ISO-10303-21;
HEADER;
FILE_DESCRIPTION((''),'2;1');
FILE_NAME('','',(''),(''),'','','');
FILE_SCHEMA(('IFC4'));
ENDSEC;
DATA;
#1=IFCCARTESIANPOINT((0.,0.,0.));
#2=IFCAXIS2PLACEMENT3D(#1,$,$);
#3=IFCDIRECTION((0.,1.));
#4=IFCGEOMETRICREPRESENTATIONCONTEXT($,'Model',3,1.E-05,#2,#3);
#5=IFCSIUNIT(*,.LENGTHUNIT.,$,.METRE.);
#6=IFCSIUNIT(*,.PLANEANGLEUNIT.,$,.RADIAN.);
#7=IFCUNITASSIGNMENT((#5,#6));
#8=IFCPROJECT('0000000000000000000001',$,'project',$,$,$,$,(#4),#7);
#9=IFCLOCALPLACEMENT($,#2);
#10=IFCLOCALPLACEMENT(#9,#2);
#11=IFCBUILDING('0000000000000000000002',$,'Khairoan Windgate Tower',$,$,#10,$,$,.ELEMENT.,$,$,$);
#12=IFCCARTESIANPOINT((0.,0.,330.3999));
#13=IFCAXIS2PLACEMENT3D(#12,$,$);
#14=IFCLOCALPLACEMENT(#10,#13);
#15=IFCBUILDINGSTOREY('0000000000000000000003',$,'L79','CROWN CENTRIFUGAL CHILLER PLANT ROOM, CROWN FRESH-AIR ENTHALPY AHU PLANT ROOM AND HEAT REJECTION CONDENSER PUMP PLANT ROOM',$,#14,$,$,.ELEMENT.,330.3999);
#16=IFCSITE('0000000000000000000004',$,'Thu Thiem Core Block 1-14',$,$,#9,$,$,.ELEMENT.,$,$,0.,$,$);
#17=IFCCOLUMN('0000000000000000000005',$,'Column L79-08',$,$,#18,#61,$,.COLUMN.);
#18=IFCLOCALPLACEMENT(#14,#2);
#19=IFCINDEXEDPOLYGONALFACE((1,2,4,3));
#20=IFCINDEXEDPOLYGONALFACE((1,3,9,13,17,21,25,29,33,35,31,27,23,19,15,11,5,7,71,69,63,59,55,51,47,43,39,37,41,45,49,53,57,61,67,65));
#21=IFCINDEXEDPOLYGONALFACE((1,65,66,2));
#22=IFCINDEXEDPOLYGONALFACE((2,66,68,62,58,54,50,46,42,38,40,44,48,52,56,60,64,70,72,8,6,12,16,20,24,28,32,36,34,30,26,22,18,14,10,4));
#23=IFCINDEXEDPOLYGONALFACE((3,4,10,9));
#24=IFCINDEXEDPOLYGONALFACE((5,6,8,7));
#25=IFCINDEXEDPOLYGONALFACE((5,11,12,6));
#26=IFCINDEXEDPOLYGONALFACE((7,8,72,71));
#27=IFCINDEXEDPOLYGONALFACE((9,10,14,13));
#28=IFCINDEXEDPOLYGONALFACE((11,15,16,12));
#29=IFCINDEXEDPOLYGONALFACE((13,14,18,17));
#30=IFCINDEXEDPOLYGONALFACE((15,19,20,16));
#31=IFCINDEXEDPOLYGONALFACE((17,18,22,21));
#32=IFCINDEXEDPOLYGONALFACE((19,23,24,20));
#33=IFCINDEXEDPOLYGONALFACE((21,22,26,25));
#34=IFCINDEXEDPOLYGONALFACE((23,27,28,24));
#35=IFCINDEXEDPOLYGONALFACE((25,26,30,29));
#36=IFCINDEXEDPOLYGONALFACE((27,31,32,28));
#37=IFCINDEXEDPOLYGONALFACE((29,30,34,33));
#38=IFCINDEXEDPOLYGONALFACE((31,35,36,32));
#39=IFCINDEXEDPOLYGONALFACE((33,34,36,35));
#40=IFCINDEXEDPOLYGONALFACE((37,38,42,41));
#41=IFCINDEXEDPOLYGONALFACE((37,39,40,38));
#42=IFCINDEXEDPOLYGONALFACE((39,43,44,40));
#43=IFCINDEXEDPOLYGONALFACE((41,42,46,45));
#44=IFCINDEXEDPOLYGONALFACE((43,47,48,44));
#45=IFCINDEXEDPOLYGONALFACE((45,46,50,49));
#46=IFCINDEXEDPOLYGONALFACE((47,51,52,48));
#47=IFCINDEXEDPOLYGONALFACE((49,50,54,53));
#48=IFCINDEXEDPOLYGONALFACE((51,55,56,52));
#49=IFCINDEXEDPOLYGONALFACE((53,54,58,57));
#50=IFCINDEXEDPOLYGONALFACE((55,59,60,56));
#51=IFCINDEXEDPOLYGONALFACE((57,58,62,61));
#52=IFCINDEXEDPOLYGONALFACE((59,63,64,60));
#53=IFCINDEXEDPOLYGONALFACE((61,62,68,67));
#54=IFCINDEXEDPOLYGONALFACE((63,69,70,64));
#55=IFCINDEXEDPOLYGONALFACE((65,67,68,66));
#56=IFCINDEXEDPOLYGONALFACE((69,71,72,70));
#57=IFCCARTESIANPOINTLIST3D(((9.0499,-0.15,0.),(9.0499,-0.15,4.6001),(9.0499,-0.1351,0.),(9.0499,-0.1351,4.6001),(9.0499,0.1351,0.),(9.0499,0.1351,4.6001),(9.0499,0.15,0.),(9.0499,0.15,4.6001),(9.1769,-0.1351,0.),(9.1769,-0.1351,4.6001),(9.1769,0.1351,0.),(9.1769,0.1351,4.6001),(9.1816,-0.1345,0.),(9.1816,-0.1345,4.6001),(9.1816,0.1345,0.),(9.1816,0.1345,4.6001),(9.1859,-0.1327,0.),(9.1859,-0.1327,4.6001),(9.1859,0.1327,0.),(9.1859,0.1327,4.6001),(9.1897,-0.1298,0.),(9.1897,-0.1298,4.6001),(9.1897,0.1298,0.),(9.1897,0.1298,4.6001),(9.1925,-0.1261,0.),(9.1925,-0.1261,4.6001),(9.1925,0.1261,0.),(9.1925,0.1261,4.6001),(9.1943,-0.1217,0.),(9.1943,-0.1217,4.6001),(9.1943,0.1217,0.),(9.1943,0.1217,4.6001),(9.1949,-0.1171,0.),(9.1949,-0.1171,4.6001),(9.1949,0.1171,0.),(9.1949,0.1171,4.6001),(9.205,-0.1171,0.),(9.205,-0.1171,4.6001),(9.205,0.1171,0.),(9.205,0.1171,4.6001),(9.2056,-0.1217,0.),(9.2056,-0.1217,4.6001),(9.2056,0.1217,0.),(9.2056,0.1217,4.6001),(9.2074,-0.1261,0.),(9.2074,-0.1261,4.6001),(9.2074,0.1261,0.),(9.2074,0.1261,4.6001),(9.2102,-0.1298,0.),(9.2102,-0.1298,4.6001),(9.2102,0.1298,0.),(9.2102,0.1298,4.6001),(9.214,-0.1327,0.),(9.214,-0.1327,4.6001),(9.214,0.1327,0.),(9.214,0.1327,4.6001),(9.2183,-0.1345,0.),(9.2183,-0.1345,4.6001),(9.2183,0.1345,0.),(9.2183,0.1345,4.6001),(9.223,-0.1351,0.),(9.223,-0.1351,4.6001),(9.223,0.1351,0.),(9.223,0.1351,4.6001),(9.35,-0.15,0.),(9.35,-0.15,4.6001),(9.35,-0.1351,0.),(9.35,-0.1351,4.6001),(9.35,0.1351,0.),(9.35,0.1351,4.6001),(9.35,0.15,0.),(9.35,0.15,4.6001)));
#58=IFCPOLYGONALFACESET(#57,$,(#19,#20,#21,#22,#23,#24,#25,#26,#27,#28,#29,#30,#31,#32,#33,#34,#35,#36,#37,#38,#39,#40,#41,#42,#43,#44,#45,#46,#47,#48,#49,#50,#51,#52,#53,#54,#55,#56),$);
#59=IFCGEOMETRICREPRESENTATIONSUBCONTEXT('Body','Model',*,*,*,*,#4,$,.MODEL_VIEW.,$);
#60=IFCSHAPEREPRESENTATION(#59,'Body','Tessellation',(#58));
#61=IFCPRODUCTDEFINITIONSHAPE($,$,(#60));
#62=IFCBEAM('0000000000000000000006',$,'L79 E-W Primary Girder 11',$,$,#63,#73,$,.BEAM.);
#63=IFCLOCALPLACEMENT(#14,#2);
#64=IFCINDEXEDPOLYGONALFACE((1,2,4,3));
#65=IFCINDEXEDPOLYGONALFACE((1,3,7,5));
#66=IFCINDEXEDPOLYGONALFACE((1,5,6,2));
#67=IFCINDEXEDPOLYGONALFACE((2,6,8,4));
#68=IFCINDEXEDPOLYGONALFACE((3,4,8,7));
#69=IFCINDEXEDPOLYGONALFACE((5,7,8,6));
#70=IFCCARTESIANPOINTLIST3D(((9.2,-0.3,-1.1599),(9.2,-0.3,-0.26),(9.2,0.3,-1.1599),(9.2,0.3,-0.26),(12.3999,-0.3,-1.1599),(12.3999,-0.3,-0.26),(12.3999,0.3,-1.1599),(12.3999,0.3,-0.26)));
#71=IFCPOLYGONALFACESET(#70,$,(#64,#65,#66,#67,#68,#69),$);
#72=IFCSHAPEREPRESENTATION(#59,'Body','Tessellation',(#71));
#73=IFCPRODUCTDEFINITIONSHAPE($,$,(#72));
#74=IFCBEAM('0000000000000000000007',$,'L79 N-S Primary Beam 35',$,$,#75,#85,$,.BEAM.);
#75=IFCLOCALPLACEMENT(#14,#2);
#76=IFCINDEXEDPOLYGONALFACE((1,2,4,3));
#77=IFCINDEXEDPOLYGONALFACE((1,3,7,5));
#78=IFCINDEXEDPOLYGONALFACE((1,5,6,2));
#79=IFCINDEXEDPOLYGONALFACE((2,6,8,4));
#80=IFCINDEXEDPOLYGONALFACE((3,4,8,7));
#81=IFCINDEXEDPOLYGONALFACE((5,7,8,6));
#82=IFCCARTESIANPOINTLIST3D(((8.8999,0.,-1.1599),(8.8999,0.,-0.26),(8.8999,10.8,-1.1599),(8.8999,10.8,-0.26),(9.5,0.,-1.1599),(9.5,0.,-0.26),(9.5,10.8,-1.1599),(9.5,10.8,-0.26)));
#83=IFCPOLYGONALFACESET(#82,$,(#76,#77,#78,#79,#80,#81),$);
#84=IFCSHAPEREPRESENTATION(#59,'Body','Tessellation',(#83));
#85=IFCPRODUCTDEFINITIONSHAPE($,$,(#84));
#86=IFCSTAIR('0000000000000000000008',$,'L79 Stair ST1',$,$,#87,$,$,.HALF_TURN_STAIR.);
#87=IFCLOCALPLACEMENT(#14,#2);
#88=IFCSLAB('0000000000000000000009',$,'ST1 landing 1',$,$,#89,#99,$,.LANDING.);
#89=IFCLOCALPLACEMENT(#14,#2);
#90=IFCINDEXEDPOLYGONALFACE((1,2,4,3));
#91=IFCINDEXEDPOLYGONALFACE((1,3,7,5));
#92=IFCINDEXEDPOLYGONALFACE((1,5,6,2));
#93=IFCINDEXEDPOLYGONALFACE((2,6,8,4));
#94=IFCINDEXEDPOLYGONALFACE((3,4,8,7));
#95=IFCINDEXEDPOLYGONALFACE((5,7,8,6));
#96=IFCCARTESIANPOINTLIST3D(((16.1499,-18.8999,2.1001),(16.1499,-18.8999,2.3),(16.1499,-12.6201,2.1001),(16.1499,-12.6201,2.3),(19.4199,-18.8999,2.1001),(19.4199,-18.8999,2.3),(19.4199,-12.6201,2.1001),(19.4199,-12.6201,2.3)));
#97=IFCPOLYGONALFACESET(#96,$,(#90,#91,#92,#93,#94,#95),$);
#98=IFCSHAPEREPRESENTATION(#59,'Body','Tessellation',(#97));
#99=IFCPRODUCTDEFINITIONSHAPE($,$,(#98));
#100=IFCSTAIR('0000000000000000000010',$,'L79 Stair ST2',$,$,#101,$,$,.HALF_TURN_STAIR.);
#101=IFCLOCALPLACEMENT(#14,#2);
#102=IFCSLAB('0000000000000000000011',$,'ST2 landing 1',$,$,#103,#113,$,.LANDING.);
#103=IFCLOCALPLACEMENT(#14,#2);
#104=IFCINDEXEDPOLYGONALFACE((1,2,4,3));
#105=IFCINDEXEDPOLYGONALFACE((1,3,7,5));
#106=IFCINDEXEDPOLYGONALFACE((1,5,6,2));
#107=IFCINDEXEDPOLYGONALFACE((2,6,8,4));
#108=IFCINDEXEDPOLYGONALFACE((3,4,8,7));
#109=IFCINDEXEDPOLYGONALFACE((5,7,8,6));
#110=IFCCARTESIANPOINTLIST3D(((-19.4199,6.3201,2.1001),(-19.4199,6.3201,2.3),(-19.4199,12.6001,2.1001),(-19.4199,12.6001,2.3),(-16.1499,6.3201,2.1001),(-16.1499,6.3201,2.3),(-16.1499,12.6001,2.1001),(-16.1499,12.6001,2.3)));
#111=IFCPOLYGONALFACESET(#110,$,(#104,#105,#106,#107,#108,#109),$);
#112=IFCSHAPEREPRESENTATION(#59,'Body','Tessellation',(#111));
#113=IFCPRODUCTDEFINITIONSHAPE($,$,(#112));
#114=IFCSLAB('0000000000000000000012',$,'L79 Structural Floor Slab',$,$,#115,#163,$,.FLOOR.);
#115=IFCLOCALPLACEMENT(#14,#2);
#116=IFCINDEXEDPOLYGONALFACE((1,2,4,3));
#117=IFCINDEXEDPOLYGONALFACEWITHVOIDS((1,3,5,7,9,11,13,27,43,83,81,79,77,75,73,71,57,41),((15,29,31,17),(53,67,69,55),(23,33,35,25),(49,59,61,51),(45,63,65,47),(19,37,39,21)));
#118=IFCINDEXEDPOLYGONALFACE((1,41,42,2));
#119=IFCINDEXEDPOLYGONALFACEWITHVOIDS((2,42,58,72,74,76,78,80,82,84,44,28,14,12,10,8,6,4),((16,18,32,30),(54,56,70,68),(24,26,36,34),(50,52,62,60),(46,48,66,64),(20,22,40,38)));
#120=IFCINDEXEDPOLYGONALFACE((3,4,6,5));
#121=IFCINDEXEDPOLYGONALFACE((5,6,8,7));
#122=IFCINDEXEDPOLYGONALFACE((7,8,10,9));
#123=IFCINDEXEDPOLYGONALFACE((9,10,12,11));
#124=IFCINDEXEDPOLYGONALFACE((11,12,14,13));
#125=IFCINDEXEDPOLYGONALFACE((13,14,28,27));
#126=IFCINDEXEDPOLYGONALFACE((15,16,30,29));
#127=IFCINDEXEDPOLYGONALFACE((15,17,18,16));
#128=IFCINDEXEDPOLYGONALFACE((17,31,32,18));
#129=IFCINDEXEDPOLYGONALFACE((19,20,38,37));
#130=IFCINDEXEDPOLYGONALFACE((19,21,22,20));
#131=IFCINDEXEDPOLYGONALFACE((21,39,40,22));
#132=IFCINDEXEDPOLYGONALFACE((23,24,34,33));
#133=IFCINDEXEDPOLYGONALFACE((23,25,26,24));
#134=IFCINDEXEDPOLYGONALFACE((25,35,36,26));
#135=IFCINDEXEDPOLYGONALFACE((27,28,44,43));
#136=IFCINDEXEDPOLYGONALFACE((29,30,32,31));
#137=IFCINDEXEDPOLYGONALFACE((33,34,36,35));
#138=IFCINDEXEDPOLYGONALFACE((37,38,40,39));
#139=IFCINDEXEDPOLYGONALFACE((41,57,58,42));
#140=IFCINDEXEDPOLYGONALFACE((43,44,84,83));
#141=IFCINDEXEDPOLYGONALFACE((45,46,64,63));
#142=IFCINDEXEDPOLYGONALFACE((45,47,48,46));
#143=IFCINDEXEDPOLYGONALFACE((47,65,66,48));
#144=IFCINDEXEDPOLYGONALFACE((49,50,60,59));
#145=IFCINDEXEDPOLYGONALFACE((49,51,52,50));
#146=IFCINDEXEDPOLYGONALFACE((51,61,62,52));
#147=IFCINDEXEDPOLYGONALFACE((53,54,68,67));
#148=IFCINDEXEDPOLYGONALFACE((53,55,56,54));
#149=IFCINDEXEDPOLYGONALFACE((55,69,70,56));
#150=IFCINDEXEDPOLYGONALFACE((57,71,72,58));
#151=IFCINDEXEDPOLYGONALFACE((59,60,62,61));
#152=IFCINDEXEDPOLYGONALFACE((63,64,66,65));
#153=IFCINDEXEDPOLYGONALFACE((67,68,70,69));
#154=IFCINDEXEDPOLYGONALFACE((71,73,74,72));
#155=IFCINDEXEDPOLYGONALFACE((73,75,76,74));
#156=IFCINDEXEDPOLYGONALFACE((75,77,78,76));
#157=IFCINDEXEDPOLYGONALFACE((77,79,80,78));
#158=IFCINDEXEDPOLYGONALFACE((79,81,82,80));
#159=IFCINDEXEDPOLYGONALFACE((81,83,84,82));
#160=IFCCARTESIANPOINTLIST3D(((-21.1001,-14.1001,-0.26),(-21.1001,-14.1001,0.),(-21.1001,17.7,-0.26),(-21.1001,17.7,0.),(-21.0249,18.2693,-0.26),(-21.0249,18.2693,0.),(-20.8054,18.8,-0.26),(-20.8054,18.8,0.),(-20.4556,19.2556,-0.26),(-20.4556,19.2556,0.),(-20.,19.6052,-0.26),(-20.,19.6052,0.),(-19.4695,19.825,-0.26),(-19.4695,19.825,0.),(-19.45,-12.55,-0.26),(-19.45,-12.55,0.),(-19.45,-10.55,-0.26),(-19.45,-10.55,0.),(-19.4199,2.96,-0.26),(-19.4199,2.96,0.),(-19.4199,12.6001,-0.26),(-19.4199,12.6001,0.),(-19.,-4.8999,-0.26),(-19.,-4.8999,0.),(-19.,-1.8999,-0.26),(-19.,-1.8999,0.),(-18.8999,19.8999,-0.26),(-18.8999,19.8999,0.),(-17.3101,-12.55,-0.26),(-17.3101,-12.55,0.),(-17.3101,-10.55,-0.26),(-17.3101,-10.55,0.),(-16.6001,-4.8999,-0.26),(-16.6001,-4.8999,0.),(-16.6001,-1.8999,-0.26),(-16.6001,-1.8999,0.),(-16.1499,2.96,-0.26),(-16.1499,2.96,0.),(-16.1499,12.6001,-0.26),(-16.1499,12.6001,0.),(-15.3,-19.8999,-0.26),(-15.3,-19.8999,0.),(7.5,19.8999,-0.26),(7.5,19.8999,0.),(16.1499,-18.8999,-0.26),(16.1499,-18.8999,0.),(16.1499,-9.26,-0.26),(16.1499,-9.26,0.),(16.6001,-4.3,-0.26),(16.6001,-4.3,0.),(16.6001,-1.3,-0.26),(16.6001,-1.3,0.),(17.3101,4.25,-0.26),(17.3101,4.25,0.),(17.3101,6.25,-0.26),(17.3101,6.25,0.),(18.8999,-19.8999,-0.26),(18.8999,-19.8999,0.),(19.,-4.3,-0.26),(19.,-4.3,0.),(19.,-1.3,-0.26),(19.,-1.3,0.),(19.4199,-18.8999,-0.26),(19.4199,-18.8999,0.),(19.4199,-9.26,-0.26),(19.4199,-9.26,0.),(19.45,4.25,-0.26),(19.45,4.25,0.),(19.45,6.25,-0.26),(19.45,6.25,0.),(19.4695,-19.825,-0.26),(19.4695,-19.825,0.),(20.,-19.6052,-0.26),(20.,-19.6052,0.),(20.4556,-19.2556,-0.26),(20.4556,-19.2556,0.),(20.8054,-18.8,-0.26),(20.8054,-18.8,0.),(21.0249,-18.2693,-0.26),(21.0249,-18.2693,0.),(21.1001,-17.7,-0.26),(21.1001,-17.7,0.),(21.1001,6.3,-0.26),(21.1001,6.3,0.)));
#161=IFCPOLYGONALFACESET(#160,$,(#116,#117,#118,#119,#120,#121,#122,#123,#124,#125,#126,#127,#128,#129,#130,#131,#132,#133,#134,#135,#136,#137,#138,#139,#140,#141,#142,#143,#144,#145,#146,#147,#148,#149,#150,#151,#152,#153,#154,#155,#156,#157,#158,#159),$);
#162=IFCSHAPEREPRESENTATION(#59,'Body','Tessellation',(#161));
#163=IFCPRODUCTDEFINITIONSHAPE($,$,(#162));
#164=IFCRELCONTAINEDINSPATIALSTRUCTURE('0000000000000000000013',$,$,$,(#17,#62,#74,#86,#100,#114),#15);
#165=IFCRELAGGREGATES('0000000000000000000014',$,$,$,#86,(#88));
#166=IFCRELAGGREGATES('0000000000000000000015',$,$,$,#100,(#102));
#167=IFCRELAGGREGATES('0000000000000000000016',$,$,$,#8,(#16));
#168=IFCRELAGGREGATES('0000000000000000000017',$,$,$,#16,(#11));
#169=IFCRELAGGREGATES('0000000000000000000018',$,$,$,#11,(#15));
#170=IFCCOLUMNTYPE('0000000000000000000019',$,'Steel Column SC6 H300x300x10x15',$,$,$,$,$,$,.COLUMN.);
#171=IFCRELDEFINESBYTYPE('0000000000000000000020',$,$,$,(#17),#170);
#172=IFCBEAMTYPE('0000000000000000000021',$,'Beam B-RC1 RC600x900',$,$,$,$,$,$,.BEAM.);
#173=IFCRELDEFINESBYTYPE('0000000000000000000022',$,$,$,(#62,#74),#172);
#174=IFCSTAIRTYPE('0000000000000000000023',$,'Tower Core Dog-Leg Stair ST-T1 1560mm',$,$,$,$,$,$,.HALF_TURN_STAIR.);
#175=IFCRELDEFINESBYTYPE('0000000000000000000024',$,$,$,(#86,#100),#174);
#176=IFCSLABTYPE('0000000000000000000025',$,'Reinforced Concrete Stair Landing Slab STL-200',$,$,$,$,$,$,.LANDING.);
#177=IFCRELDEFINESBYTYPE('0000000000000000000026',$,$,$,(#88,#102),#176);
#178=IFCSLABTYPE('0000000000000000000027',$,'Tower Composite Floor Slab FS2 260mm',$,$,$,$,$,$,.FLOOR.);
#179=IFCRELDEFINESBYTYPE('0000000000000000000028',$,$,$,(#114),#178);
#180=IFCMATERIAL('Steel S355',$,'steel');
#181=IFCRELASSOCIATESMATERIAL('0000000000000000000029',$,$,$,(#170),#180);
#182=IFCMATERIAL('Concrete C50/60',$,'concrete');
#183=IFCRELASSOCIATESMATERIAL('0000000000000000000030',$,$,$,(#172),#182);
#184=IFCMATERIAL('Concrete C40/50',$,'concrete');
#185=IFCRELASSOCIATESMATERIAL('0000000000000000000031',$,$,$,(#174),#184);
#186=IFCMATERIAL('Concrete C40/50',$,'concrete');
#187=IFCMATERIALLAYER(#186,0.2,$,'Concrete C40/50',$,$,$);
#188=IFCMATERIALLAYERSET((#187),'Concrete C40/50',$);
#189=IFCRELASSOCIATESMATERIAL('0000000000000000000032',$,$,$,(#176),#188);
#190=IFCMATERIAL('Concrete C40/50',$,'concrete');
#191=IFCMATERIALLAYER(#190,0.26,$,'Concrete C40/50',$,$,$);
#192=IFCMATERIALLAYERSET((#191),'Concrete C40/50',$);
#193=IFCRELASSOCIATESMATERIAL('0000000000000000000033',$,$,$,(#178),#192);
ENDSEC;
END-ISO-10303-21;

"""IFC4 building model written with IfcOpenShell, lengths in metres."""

from ifc_helpers import new_model, si_unit, direction, frame, origin, origin_2d, place, context, subcontext, project, spatial, polyline, rectangle, i_section, outline, extrude, material, layer, layer_set, material_profile, profile_set, type_object, element, aggregate, save


model = new_model("IFC4")

# Units and contexts
model_context = context("Model", 3, precision=1e-05, world=origin(), true_north=direction((0.0, 1.0)))
body_context = subcontext(model_context, "Body", "Model", "MODEL_VIEW")
ifc_project = project(units=[si_unit("LENGTHUNIT", "METRE"), si_unit("PLANEANGLEUNIT", "RADIAN")], contexts=[model_context])

# Site, building, storey
site_placement = place(None, origin())
site = spatial("IfcSite", under=ifc_project, at=site_placement, Name="Thu Thiem Core Block 1-14", CompositionType="ELEMENT", RefElevation=0.0)
building_placement = place(site_placement, origin())
building = spatial("IfcBuilding", under=site, at=building_placement, Name="Khairoan Windgate Tower", CompositionType="ELEMENT")
storey_placement = place(building_placement, frame((0.0, 0.0, 330.3999)))
storey = spatial("IfcBuildingStorey", under=building, at=storey_placement, Name="L79", Description="CROWN CENTRIFUGAL CHILLER PLANT ROOM, CROWN FRESH-AIR ENTHALPY AHU PLANT ROOM AND HEAT REJECTION CONDENSER PUMP PLANT ROOM", CompositionType="ELEMENT", Elevation=330.3999)

# Column
ifc_material_1 = material(Name="Steel S355", Category="steel")
ifc_material_profile_1 = material_profile(ifc_material_1, i_section(OverallWidth=0.3, OverallDepth=0.3, WebThickness=0.01, FlangeThickness=0.0149, FilletRadius=0.0181, at=origin_2d()))
ifc_profile_set_1 = profile_set([ifc_material_profile_1], Name="Steel S355")
column_type = type_object("IfcColumnType", Name="Steel Column SC6 H300x300x10x15", PredefinedType="COLUMN", material=ifc_profile_set_1)
column_placement = place(storey_placement, frame((9.2, 0.0, 0.0), z_axis=(0.0, 0.0, 1.0), x_axis=(1.0, 0.0, 0.0)))
element("IfcColumn", 1, at=column_placement, inside=storey, type_object=column_type, Name="Column L79-08", PredefinedType="COLUMN", context=body_context, shape_type="SweptSolid", body=[
    extrude(i_section(OverallWidth=0.3, OverallDepth=0.3, WebThickness=0.01, FlangeThickness=0.0149, FilletRadius=0.0181, at=origin_2d()), origin(), (0.0, 0.0, 1.0), 4.6001),
])

# Beams
ifc_material_2 = material(Name="Concrete C50/60", Category="concrete")
ifc_material_profile_2 = material_profile(ifc_material_2, rectangle(XDim=0.6001, YDim=0.8999, at=origin_2d()))
ifc_profile_set_2 = profile_set([ifc_material_profile_2], Name="Concrete C50/60")
beam_type = type_object("IfcBeamType", Name="Beam B-RC1 RC600x900", PredefinedType="BEAM", material=ifc_profile_set_2)
beam_1_placement = place(storey_placement, frame((9.2, 0.0, -0.71), z_axis=(1.0, 0.0, 0.0), x_axis=(0.0, 1.0, 0.0)))
element("IfcBeam", 2, at=beam_1_placement, inside=storey, type_object=beam_type, Name="L79 E-W Primary Girder 11", PredefinedType="BEAM", context=body_context, shape_type="SweptSolid", body=[
    extrude(rectangle(XDim=0.6001, YDim=0.8999, at=origin_2d()), origin(), (0.0, 0.0, 1.0), 3.2),
])
beam_2_placement = place(storey_placement, frame((9.2, 0.0, -0.71), z_axis=(0.0, 1.0, 0.0), x_axis=(-1.0, 0.0, 0.0)))
element("IfcBeam", 3, at=beam_2_placement, inside=storey, type_object=beam_type, Name="L79 N-S Primary Beam 35", PredefinedType="BEAM", context=body_context, shape_type="SweptSolid", body=[
    extrude(rectangle(XDim=0.6001, YDim=0.8999, at=origin_2d()), origin(), (0.0, 0.0, 1.0), 10.8),
])

# Stairs, slabs
ifc_material_3 = material(Name="Concrete C40/50", Category="concrete")
stair_type = type_object("IfcStairType", Name="Tower Core Dog-Leg Stair ST-T1 1560mm", PredefinedType="HALF_TURN_STAIR", material=ifc_material_3)
stair_1_placement = place(storey_placement, origin())
stair_1 = element("IfcStair", 4, at=stair_1_placement, inside=storey, type_object=stair_type, Name="L79 Stair ST1", PredefinedType="HALF_TURN_STAIR")
ifc_material_4 = material(Name="Concrete C40/50", Category="concrete")
ifc_layer_1 = layer(ifc_material_4, 0.2, Name="Concrete C40/50")
ifc_layer_set_1 = layer_set([ifc_layer_1], Name="Concrete C40/50")
slab_type_1 = type_object("IfcSlabType", Name="Reinforced Concrete Stair Landing Slab STL-200", PredefinedType="LANDING", material=ifc_layer_set_1)
slab_1_placement = place(storey_placement, frame((0.0, 0.0, 2.1001)))
slab_1 = element("IfcSlab", 5, at=slab_1_placement, type_object=slab_type_1, Name="ST1 landing 1", PredefinedType="LANDING", context=body_context, shape_type="SweptSolid", body=[
    extrude(outline(polyline([(16.1499, -12.6201), (16.1499, -18.8999), (19.4199, -18.8999), (19.4199, -12.6201), (16.1499, -12.6201)])), origin(), (0.0, 0.0, 1.0), 0.2),
])
aggregate(stair_1, [slab_1])
stair_2_placement = place(storey_placement, origin())
stair_2 = element("IfcStair", 6, at=stair_2_placement, inside=storey, type_object=stair_type, Name="L79 Stair ST2", PredefinedType="HALF_TURN_STAIR")
slab_2_placement = place(storey_placement, frame((0.0, 0.0, 2.1001)))
slab_2 = element("IfcSlab", 7, at=slab_2_placement, type_object=slab_type_1, Name="ST2 landing 1", PredefinedType="LANDING", context=body_context, shape_type="SweptSolid", body=[
    extrude(outline(polyline([(-16.1499, 6.3201), (-16.1499, 12.6001), (-19.4199, 12.6001), (-19.4199, 6.3201), (-16.1499, 6.3201)])), origin(), (0.0, 0.0, 1.0), 0.2),
])
aggregate(stair_2, [slab_2])

# Slab
ifc_material_5 = material(Name="Concrete C40/50", Category="concrete")
ifc_layer_2 = layer(ifc_material_5, 0.26, Name="Concrete C40/50")
ifc_layer_set_2 = layer_set([ifc_layer_2], Name="Concrete C40/50")
slab_type_2 = type_object("IfcSlabType", Name="Tower Composite Floor Slab FS2 260mm", PredefinedType="FLOOR", material=ifc_layer_set_2)
slab_3_placement = place(storey_placement, frame((0.0, 0.0, -0.26)))
element("IfcSlab", 8, at=slab_3_placement, inside=storey, type_object=slab_type_2, Name="L79 Structural Floor Slab", PredefinedType="FLOOR", context=body_context, shape_type="SweptSolid", body=[
    extrude(outline(polyline([(18.8999, -19.8999), (19.4695, -19.825), (20.0, -19.6052), (20.4556, -19.2556), (20.8054, -18.8), (21.0249, -18.2693), (21.1001, -17.7), (21.1001, 6.3), (7.5, 19.8999), (-18.8999, 19.8999), (-19.4695, 19.825), (-20.0, 19.6052), (-20.4556, 19.2556), (-20.8054, 18.8), (-21.0249, 18.2693), (-21.1001, 17.7), (-21.1001, -14.1001), (-15.3, -19.8999), (18.8999, -19.8999)]), holes=[polyline([(16.1499, -9.26), (16.1499, -18.8999), (19.4199, -18.8999), (19.4199, -9.26), (16.1499, -9.26)]), polyline([(-16.1499, 2.96), (-16.1499, 12.6001), (-19.4199, 12.6001), (-19.4199, 2.96), (-16.1499, 2.96)]), polyline([(16.6001, -4.3), (19.0, -4.3), (19.0, -1.3), (16.6001, -1.3), (16.6001, -4.3)]), polyline([(-19.0, -4.8999), (-16.6001, -4.8999), (-16.6001, -1.8999), (-19.0, -1.8999), (-19.0, -4.8999)]), polyline([(-19.45, -12.55), (-17.3101, -12.55), (-17.3101, -10.55), (-19.45, -10.55), (-19.45, -12.55)]), polyline([(17.3101, 4.25), (19.45, 4.25), (19.45, 6.25), (17.3101, 6.25), (17.3101, 4.25)])]), origin(), (0.0, 0.0, 1.0), 0.26),
])

save(model, "model.ifc")
